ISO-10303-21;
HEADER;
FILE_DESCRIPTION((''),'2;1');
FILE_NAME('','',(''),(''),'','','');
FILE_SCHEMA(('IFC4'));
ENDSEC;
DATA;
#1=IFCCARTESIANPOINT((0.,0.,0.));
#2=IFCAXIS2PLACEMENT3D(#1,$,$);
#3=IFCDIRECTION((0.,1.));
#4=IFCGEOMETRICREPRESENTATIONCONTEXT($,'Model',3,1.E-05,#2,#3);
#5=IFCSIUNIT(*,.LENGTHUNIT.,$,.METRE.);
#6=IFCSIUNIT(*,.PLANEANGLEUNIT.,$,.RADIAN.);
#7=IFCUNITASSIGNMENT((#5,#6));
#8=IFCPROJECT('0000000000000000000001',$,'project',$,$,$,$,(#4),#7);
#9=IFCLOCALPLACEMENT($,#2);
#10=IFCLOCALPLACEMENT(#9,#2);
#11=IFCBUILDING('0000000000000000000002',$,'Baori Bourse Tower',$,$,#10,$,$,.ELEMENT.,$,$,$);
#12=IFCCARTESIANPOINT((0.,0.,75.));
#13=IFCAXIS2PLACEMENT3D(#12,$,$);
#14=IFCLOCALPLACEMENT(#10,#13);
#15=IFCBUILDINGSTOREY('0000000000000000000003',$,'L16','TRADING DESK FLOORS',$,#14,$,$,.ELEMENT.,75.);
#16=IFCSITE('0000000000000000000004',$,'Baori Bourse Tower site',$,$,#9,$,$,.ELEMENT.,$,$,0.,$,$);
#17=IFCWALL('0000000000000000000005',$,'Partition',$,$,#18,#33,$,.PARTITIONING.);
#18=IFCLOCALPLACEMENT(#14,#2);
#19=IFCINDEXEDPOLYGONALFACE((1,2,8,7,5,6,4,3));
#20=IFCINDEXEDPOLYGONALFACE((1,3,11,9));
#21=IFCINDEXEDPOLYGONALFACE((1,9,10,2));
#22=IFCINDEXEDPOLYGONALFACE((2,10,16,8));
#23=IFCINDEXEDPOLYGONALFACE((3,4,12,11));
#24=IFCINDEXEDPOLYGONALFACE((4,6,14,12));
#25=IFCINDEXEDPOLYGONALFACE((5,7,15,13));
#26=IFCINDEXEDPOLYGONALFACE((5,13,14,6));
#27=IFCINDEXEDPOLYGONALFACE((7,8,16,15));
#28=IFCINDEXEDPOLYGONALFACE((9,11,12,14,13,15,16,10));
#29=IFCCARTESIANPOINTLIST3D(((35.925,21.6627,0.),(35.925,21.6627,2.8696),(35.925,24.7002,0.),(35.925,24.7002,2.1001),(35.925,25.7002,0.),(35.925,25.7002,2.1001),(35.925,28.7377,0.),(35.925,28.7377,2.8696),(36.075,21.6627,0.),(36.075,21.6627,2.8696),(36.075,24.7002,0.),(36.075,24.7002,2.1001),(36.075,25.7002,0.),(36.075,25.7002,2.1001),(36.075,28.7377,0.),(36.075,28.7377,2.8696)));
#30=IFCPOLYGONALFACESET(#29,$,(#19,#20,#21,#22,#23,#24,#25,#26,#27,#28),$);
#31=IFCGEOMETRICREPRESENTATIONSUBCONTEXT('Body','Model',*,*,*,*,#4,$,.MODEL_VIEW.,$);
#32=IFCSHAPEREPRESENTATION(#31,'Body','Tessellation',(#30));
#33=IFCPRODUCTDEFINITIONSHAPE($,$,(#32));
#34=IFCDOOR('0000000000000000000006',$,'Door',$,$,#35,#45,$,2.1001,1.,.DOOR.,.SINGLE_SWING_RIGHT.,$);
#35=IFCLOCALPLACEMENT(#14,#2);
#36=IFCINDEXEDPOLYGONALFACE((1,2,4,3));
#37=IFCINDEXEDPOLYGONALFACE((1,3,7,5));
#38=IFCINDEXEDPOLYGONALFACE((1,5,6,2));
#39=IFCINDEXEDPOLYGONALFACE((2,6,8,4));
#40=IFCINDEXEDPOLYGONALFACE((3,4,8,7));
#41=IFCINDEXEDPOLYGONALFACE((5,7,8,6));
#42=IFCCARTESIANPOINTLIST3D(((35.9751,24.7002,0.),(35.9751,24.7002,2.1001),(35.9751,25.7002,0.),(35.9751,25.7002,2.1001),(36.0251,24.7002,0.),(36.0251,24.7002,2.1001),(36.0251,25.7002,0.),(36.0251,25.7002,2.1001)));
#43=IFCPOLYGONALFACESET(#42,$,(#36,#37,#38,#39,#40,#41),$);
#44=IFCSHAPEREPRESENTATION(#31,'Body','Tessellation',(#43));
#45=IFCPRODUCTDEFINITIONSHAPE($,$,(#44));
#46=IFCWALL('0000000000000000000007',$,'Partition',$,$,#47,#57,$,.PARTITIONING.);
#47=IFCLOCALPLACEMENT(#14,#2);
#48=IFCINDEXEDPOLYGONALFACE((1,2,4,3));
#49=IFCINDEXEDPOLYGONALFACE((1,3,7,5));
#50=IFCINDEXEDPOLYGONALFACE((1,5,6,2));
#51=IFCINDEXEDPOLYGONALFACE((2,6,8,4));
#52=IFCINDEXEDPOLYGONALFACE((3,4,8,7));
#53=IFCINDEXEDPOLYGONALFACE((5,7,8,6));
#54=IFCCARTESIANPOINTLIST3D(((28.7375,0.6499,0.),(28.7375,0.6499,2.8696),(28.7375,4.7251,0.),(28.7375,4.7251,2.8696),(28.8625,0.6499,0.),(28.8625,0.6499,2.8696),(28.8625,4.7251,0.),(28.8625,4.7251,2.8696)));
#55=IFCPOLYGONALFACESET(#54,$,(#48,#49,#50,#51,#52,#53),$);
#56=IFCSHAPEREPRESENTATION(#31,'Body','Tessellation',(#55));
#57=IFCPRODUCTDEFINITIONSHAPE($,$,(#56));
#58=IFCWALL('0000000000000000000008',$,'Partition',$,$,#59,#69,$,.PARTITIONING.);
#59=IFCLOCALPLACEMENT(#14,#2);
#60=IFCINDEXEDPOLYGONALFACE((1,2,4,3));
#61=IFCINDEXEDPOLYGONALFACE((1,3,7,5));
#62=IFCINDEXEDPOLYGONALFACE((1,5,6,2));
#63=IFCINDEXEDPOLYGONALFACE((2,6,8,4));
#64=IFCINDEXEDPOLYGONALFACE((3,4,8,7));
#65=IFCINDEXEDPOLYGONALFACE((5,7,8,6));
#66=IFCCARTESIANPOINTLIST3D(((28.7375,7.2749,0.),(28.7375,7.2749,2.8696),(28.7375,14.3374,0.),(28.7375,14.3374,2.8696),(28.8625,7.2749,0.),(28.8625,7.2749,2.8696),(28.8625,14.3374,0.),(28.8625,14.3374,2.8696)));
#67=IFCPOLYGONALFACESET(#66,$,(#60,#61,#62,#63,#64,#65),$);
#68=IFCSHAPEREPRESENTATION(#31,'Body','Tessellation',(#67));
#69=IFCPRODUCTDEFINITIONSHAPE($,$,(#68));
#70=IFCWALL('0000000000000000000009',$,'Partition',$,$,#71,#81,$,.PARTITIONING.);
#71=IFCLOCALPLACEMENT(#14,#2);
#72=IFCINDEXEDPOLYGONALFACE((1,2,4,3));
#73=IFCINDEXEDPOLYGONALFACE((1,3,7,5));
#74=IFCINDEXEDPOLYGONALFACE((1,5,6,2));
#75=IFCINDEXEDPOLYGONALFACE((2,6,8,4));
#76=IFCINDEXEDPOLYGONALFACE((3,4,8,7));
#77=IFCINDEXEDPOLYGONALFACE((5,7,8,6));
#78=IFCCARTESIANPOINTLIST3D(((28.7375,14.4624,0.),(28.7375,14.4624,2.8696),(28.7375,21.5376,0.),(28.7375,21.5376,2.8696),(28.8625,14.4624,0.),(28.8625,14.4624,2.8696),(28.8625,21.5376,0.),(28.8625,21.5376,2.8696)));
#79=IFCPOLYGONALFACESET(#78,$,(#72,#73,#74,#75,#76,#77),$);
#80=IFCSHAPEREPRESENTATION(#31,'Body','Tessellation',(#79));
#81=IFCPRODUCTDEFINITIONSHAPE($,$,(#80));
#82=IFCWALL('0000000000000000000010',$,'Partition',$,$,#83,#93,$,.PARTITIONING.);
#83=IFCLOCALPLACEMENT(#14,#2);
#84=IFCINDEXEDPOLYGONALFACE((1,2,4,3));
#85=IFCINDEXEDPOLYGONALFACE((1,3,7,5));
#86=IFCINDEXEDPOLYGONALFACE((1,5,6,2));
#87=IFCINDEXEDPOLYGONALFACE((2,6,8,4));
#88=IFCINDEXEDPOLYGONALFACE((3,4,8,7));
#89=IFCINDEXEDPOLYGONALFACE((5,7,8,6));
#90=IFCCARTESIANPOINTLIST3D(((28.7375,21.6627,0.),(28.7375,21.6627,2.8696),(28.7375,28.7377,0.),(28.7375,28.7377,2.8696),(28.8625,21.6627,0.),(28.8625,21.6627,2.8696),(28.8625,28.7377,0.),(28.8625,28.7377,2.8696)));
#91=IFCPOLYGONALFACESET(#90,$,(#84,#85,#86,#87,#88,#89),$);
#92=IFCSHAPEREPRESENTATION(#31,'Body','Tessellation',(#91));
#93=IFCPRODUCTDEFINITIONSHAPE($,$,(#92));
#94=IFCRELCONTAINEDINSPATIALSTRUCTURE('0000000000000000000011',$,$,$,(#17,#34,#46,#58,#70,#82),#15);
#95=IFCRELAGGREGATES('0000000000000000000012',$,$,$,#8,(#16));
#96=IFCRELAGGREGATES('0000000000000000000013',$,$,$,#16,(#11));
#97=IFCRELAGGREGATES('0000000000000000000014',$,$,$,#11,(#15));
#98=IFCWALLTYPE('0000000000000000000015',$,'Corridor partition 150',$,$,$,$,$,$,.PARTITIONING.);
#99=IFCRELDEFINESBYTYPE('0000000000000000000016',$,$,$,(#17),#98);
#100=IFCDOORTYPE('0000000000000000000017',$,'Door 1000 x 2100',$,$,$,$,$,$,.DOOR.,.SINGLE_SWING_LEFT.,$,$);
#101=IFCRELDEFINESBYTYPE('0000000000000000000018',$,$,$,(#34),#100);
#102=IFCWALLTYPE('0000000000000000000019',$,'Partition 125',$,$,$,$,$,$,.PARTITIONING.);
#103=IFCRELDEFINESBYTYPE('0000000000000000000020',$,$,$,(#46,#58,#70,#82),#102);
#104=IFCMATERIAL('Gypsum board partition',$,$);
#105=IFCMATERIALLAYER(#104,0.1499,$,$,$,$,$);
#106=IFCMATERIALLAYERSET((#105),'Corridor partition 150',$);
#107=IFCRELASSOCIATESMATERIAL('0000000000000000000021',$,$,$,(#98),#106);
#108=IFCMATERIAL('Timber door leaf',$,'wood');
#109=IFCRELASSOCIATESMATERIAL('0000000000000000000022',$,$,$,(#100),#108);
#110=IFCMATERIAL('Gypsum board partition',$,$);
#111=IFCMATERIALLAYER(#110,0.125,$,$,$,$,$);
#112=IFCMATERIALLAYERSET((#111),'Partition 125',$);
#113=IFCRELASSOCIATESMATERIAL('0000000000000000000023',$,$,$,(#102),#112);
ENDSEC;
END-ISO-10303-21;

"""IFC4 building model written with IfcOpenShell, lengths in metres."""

from ifc_helpers import new_model, si_unit, direction, frame, frame_2d, origin, place, context, subcontext, project, spatial, rectangle, extrude, material, layer, layer_set, type_object, element, fill, save


model = new_model("IFC4")

# Units and contexts
model_context = context("Model", 3, precision=1e-05, world=origin(), true_north=direction((0.0, 1.0)))
body_context = subcontext(model_context, "Body", "Model", "MODEL_VIEW")
ifc_project = project(units=[si_unit("LENGTHUNIT", "METRE"), si_unit("PLANEANGLEUNIT", "RADIAN")], contexts=[model_context])

# Site, building, storey
site_placement = place(None, origin())
site = spatial("IfcSite", under=ifc_project, at=site_placement, Name="Baori Bourse Tower site", CompositionType="ELEMENT", RefElevation=0.0)
building_placement = place(site_placement, origin())
building = spatial("IfcBuilding", under=site, at=building_placement, Name="Baori Bourse Tower", CompositionType="ELEMENT")
storey_placement = place(building_placement, frame((0.0, 0.0, 75.0)))
storey = spatial("IfcBuildingStorey", under=building, at=storey_placement, Name="L16", Description="TRADING DESK FLOORS", CompositionType="ELEMENT", Elevation=75.0)

# Wall, opening, door
ifc_material_1 = material(Name="Gypsum board partition")
ifc_layer_1 = layer(ifc_material_1, 0.1499)
ifc_layer_set_1 = layer_set([ifc_layer_1], Name="Corridor partition 150")
wall_type_1 = type_object("IfcWallType", Name="Corridor partition 150", PredefinedType="PARTITIONING", material=ifc_layer_set_1)
ifc_material_2 = material(Name="Timber door leaf", Category="wood")
door_type = type_object("IfcDoorType", Name="Door 1000 x 2100", OperationType="SINGLE_SWING_LEFT", PredefinedType="DOOR", material=ifc_material_2)
wall_1_placement = place(storey_placement, frame((36.0, 21.6626, 0.0), z_axis=(0.0, 0.0, 1.0), x_axis=(0.0, 1.0, 0.0)))
wall_1 = element("IfcWall", 1, at=wall_1_placement, inside=storey, type_object=wall_type_1, Name="Partition", PredefinedType="PARTITIONING", context=body_context, shape_type="SweptSolid", body=[
    extrude(rectangle(XDim=7.075, YDim=0.1499, at=frame_2d((3.5376, 0.0))), origin(), (0.0, 0.0, 1.0), 2.8696),
])
opening_1_placement = place(wall_1_placement, frame((3.0376, 0.0, 0.0)))
opening_1 = element("IfcOpeningElement", 2, at=opening_1_placement, cuts=wall_1, PredefinedType="OPENING", context=body_context, shape_type="SweptSolid", body=[
    extrude(rectangle(XDim=1.0, YDim=2.1001, at=frame_2d((0.5, 1.05))), frame((0.0, 0.085, 0.0), z_axis=(0.0, -1.0, 0.0), x_axis=(1.0, 0.0, 0.0)), (0.0, 0.0, 1.0), 0.1699),
])
door_1_placement = place(opening_1_placement, origin())
door_1 = element("IfcDoor", 3, at=door_1_placement, inside=storey, type_object=door_type, Name="Door", OperationType="SINGLE_SWING_RIGHT", OverallHeight=2.1001, OverallWidth=1.0, PredefinedType="DOOR", context=body_context, shape_type="SweptSolid", body=[
    extrude(rectangle(XDim=1.0, YDim=2.1001, at=frame_2d((0.5, 1.05))), frame((0.0, 0.0249, 0.0), z_axis=(0.0, -1.0, 0.0), x_axis=(1.0, 0.0, 0.0)), (0.0, 0.0, 1.0), 0.05),
])
fill(opening_1, door_1)

# Walls
ifc_material_3 = material(Name="Gypsum board partition")
ifc_layer_2 = layer(ifc_material_3, 0.125)
ifc_layer_set_2 = layer_set([ifc_layer_2], Name="Partition 125")
wall_type_2 = type_object("IfcWallType", Name="Partition 125", PredefinedType="PARTITIONING", material=ifc_layer_set_2)
wall_2_placement = place(storey_placement, frame((28.8, 0.6499, 0.0), z_axis=(0.0, 0.0, 1.0), x_axis=(0.0, 1.0, 0.0)))
element("IfcWall", 4, at=wall_2_placement, inside=storey, type_object=wall_type_2, Name="Partition", PredefinedType="PARTITIONING", context=body_context, shape_type="SweptSolid", body=[
    extrude(rectangle(XDim=4.0752, YDim=0.125, at=frame_2d((2.0376, 0.0))), origin(), (0.0, 0.0, 1.0), 2.8696),
])
wall_3_placement = place(storey_placement, frame((28.8, 7.2749, 0.0), z_axis=(0.0, 0.0, 1.0), x_axis=(0.0, 1.0, 0.0)))
element("IfcWall", 5, at=wall_3_placement, inside=storey, type_object=wall_type_2, Name="Partition", PredefinedType="PARTITIONING", context=body_context, shape_type="SweptSolid", body=[
    extrude(rectangle(XDim=7.0625, YDim=0.125, at=frame_2d((3.5312, 0.0))), origin(), (0.0, 0.0, 1.0), 2.8696),
])
wall_4_placement = place(storey_placement, frame((28.8, 14.4624, 0.0), z_axis=(0.0, 0.0, 1.0), x_axis=(0.0, 1.0, 0.0)))
element("IfcWall", 6, at=wall_4_placement, inside=storey, type_object=wall_type_2, Name="Partition", PredefinedType="PARTITIONING", context=body_context, shape_type="SweptSolid", body=[
    extrude(rectangle(XDim=7.0752, YDim=0.125, at=frame_2d((3.5376, 0.0))), origin(), (0.0, 0.0, 1.0), 2.8696),
])
wall_5_placement = place(storey_placement, frame((28.8, 21.6626, 0.0), z_axis=(0.0, 0.0, 1.0), x_axis=(0.0, 1.0, 0.0)))
element("IfcWall", 7, at=wall_5_placement, inside=storey, type_object=wall_type_2, Name="Partition", PredefinedType="PARTITIONING", context=body_context, shape_type="SweptSolid", body=[
    extrude(rectangle(XDim=7.075, YDim=0.125, at=frame_2d((3.5376, 0.0))), origin(), (0.0, 0.0, 1.0), 2.8696),
])

save(model, "model.ifc")
